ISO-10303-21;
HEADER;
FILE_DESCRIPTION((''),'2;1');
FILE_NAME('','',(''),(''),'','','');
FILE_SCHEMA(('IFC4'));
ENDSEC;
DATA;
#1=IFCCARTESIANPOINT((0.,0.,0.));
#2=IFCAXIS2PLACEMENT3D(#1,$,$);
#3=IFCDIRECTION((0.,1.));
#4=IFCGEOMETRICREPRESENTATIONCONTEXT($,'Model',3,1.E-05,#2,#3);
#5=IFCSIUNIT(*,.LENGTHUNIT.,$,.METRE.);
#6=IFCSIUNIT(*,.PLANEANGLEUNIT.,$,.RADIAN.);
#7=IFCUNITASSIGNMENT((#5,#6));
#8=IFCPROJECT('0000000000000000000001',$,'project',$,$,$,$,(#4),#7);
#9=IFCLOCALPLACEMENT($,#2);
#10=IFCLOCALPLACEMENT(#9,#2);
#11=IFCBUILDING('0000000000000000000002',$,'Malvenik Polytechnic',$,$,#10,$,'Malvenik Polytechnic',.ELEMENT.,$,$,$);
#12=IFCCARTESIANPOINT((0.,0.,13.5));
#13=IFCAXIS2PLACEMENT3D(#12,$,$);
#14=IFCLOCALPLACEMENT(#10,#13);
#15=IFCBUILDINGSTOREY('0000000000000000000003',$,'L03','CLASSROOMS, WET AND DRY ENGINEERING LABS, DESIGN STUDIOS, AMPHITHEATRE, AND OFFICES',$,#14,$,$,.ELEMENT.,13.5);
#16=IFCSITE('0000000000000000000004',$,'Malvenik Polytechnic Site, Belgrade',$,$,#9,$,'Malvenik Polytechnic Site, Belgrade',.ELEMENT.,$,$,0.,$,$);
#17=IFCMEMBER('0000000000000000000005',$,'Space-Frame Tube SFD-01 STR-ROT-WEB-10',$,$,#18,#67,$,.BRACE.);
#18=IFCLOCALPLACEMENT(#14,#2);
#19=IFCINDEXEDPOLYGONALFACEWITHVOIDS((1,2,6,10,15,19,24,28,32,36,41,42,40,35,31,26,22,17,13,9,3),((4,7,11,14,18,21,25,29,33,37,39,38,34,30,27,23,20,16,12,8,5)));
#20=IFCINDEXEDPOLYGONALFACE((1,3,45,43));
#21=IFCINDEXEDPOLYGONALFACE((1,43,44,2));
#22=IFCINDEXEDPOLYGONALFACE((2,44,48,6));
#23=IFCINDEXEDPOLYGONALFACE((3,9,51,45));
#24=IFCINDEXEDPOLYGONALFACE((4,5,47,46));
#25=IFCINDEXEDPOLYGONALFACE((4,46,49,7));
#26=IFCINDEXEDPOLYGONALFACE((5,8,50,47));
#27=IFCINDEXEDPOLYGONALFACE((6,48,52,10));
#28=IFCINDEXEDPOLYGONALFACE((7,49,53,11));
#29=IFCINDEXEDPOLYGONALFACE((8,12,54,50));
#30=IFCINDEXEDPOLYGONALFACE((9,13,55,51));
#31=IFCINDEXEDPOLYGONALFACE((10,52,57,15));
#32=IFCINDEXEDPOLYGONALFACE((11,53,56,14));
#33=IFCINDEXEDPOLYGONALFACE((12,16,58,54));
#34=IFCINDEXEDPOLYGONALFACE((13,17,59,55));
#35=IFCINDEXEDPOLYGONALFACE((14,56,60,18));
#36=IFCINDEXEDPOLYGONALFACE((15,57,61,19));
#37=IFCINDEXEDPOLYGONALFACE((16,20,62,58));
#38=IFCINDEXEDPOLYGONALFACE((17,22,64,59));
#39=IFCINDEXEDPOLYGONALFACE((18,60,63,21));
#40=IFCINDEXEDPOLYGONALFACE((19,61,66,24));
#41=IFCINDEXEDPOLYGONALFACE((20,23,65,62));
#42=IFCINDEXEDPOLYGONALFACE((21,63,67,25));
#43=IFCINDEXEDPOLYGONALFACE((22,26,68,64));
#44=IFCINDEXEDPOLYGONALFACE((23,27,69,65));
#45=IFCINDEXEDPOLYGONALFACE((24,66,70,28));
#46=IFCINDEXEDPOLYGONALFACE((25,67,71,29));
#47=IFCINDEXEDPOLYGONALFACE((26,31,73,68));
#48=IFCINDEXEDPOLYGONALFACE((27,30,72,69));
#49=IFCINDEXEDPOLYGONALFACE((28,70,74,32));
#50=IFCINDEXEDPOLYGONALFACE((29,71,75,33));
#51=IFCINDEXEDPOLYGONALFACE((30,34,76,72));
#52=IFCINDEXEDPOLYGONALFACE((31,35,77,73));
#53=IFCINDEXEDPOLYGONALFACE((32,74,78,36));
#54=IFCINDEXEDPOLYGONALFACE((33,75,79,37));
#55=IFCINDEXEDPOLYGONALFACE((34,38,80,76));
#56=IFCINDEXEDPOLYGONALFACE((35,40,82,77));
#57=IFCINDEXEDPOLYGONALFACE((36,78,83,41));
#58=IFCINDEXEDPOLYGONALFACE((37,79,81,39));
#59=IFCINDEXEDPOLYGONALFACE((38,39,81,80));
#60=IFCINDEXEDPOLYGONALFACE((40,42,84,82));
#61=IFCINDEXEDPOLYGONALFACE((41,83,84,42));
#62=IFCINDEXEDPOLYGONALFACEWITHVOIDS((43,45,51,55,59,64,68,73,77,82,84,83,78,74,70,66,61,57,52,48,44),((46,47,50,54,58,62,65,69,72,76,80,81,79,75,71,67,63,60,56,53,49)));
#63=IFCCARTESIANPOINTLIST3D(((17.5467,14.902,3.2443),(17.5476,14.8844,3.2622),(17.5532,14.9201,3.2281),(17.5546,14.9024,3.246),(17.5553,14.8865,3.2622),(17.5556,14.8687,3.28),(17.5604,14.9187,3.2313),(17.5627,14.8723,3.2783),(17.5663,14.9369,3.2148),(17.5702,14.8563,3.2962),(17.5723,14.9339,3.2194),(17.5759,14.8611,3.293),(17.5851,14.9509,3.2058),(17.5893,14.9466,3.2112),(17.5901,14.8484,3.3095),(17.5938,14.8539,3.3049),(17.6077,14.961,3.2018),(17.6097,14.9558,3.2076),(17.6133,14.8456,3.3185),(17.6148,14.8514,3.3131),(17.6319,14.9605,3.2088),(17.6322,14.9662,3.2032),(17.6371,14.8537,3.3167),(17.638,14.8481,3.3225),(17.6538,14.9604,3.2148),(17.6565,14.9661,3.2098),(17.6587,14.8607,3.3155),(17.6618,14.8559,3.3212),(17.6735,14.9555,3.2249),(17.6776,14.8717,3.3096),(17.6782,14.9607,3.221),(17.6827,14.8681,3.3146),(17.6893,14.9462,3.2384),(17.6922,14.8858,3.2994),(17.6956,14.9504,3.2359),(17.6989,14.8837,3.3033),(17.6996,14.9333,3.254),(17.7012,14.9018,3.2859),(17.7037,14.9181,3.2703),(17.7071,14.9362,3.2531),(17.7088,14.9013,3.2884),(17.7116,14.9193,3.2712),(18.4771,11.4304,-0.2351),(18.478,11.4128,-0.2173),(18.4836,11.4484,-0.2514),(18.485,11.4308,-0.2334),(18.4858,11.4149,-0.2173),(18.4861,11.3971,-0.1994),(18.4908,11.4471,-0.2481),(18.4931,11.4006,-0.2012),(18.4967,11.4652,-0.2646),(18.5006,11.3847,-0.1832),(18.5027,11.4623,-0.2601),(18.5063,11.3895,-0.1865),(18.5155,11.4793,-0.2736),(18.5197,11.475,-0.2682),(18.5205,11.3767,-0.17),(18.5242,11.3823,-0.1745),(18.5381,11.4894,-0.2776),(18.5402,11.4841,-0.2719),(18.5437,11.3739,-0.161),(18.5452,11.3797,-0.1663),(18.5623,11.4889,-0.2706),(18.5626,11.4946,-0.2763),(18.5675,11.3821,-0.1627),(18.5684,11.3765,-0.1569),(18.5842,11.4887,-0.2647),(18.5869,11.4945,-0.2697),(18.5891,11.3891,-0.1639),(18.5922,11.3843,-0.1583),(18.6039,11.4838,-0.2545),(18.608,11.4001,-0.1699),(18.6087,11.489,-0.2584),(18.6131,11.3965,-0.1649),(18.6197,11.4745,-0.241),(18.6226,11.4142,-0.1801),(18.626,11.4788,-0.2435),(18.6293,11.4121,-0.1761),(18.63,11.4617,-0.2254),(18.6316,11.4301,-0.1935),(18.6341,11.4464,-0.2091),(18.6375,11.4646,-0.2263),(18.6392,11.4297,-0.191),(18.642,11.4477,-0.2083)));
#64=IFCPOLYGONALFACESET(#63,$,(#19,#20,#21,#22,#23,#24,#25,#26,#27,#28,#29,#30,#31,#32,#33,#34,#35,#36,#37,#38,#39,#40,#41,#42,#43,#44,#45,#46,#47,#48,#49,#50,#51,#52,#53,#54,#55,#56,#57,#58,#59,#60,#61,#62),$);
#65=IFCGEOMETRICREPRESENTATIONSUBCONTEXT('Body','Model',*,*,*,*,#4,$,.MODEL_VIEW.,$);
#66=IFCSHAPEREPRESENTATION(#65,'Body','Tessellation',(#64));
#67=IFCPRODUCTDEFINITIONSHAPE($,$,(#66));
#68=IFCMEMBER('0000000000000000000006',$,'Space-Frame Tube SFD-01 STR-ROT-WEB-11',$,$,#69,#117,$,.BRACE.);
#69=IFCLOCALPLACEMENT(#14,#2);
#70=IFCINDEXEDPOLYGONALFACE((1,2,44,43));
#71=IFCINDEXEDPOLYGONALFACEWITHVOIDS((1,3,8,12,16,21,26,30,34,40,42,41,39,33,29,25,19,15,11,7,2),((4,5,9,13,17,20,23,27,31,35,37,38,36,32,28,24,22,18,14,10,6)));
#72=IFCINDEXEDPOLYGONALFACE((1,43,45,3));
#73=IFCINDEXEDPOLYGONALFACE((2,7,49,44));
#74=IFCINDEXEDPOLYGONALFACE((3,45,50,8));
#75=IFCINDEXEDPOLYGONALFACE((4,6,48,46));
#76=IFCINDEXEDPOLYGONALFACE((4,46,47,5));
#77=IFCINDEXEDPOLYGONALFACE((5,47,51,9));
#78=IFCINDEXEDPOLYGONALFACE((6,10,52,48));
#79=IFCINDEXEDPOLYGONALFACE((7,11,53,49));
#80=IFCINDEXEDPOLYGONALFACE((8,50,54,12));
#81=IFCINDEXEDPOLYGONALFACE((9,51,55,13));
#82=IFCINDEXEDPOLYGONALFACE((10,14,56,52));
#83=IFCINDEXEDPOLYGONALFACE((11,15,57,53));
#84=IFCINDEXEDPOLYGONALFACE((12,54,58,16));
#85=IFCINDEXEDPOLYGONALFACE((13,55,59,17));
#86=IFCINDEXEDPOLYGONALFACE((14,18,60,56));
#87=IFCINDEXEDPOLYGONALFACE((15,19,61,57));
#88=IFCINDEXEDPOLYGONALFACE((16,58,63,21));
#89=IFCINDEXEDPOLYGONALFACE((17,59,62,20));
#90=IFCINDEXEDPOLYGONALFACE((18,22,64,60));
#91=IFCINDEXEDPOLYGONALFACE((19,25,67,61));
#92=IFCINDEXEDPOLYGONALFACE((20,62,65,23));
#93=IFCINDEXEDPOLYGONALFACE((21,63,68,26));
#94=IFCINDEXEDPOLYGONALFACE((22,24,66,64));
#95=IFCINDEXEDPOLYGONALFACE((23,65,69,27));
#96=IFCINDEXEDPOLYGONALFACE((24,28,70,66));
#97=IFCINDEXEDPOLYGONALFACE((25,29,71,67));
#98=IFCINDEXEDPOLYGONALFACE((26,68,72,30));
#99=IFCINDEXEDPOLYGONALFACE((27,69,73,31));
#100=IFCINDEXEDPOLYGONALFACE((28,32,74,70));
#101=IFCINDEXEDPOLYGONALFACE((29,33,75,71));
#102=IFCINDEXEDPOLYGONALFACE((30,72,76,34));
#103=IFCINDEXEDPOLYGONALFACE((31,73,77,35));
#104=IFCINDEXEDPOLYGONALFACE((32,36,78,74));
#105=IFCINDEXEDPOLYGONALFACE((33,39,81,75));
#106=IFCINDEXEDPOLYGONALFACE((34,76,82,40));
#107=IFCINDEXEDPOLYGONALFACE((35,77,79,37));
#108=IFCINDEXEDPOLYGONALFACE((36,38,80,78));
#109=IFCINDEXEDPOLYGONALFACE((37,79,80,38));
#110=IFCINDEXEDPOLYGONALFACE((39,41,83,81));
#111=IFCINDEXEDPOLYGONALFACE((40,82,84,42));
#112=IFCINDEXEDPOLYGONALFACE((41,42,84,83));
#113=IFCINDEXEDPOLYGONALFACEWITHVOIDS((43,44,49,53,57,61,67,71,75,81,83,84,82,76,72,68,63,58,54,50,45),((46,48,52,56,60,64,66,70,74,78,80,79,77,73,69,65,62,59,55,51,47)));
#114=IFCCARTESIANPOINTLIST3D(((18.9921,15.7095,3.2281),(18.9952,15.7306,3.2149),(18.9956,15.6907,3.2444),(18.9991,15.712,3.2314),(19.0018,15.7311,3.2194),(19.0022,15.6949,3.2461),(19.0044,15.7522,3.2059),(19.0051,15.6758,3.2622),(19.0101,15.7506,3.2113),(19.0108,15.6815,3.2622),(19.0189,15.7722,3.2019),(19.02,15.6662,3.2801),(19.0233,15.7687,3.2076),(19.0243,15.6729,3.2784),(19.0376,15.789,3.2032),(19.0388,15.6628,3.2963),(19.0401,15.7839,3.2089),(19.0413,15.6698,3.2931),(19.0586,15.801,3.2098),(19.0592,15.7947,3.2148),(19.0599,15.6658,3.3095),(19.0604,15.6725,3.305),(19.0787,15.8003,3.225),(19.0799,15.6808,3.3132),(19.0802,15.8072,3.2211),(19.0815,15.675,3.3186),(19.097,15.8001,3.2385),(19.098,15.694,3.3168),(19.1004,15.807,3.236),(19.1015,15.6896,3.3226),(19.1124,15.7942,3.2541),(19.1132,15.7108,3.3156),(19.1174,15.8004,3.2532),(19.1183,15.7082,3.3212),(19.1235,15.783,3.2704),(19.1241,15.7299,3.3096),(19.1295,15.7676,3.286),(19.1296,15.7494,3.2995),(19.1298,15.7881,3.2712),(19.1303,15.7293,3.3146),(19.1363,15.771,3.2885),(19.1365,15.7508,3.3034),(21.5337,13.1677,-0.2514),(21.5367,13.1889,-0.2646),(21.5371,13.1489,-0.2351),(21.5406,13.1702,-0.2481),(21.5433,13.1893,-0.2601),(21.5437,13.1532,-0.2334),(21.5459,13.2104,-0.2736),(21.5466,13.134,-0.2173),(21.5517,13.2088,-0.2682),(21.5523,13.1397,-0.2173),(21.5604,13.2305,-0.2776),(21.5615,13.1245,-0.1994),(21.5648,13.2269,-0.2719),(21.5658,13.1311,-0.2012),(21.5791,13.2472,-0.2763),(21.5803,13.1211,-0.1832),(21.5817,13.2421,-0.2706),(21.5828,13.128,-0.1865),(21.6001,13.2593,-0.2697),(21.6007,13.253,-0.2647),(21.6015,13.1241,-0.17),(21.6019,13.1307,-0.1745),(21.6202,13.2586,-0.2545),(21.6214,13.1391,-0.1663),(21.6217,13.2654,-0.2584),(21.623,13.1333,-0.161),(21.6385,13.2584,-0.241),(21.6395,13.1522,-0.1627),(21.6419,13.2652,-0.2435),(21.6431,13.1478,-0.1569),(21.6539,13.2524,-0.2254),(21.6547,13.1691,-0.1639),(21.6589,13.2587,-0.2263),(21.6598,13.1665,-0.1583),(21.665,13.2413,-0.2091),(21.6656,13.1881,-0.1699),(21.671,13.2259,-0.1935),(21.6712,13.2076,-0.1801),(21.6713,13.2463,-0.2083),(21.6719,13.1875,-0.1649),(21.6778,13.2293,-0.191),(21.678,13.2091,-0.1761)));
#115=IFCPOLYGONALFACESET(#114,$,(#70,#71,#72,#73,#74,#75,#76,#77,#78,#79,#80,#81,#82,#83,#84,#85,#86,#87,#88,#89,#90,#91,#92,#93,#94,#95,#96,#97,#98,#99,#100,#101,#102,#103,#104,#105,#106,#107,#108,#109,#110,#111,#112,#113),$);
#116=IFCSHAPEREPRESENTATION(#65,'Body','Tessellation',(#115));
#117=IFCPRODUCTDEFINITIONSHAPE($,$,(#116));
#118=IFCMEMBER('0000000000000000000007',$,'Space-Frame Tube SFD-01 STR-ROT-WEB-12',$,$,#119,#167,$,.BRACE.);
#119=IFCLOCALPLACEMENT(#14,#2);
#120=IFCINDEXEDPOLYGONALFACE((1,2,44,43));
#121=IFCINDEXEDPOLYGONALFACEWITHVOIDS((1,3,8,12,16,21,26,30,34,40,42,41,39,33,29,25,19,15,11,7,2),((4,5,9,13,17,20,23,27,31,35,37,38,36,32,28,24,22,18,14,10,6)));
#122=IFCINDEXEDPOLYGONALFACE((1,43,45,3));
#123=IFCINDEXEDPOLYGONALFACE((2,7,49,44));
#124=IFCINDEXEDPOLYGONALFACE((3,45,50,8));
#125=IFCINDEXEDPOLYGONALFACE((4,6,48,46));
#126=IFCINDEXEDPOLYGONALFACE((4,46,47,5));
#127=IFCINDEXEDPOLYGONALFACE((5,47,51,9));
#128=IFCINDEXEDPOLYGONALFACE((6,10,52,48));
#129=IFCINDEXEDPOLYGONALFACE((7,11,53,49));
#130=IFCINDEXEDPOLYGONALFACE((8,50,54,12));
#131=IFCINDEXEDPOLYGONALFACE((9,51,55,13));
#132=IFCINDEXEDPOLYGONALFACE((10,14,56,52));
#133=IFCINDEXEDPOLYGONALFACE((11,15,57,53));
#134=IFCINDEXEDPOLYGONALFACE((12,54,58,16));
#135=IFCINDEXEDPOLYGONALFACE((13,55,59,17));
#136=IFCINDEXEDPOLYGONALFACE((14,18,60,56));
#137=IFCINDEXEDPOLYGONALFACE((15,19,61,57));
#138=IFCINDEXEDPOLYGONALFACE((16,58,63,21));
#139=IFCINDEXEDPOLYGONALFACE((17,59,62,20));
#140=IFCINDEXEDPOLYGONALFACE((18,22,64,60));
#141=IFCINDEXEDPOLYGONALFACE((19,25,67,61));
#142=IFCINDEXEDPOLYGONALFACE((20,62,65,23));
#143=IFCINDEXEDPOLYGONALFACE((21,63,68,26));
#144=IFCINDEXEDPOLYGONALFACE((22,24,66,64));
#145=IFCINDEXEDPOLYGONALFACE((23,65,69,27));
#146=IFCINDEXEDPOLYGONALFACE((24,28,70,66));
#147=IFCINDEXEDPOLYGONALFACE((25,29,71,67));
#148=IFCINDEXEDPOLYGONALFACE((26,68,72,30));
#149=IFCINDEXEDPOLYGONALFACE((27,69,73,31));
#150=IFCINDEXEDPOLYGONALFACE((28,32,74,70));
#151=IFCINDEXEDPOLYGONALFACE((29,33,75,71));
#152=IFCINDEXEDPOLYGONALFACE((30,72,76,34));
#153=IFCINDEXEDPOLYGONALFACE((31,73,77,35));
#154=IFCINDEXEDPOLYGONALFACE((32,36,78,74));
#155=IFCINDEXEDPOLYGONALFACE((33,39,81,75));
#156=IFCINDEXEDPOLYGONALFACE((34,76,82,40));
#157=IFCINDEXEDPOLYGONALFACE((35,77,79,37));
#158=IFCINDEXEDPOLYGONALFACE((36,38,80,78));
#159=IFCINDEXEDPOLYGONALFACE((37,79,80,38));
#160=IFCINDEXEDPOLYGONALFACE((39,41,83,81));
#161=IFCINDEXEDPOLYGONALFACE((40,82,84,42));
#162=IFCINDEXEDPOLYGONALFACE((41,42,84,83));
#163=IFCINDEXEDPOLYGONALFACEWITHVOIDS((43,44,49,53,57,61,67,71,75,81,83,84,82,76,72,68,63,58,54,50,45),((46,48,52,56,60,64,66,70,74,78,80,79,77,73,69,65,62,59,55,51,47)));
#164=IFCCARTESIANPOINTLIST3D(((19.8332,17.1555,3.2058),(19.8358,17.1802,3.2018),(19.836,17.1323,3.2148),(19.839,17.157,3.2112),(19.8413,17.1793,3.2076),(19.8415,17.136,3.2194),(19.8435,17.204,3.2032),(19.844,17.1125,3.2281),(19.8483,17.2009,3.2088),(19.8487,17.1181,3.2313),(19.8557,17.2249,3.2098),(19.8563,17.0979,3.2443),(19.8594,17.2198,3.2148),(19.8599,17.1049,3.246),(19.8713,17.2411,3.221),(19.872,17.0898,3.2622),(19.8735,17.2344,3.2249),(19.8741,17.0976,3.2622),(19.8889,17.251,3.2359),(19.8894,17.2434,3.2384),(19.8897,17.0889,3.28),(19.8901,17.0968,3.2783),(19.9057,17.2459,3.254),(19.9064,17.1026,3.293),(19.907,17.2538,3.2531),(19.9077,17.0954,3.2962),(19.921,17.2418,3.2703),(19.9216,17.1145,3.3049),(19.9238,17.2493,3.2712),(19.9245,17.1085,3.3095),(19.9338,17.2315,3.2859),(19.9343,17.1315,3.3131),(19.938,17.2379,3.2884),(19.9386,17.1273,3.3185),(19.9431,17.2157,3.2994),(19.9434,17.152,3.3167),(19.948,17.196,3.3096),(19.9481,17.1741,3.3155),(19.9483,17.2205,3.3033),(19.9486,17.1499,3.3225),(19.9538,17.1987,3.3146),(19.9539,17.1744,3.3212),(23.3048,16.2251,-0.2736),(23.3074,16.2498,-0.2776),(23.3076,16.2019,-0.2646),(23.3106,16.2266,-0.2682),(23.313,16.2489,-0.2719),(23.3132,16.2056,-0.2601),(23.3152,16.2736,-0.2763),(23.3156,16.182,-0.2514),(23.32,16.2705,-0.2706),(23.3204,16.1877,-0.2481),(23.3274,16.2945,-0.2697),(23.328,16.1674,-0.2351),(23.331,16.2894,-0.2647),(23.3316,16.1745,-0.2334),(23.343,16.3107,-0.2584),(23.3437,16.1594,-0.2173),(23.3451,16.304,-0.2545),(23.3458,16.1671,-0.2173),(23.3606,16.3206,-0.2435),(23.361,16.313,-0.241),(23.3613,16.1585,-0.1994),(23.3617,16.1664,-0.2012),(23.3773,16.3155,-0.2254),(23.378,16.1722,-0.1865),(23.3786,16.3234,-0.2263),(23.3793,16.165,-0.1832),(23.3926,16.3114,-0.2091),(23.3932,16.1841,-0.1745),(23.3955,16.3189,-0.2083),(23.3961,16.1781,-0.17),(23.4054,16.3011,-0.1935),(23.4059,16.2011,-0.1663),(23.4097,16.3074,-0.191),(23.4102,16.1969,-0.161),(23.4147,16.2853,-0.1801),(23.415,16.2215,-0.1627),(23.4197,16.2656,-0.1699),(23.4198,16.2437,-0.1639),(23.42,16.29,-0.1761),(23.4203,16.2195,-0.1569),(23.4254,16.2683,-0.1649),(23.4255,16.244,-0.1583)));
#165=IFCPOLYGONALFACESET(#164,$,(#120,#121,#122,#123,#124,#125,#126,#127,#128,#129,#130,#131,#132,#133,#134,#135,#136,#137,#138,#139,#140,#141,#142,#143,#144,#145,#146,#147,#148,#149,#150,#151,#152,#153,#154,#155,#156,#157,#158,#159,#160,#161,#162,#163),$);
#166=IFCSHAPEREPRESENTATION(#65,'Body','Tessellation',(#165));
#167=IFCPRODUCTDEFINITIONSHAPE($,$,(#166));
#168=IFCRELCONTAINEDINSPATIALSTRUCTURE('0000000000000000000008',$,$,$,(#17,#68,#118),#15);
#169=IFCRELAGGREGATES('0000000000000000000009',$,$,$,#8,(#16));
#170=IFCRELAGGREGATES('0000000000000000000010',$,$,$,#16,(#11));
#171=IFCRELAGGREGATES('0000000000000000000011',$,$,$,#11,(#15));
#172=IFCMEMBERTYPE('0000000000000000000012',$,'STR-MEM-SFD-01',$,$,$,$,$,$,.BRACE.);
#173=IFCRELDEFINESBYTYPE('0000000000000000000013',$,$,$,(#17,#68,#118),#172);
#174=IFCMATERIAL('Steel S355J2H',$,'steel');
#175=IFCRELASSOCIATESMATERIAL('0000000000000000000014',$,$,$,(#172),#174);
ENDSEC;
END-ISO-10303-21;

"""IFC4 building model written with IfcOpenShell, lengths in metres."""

from ifc_helpers import new_model, si_unit, direction, frame, origin, origin_2d, place, context, subcontext, project, spatial, hollow_circle, extrude, material, material_profile, profile_set, type_object, element, save


model = new_model("IFC4")

# Units and contexts
model_context = context("Model", 3, precision=1e-05, world=origin(), true_north=direction((0.0, 1.0)))
body_context = subcontext(model_context, "Body", "Model", "MODEL_VIEW")
ifc_project = project(units=[si_unit("LENGTHUNIT", "METRE"), si_unit("PLANEANGLEUNIT", "RADIAN")], contexts=[model_context])

# Site, building, storey
site_placement = place(None, origin())
site = spatial("IfcSite", under=ifc_project, at=site_placement, Name="Malvenik Polytechnic Site, Belgrade", LongName="Malvenik Polytechnic Site, Belgrade", CompositionType="ELEMENT", RefElevation=0.0)
building_placement = place(site_placement, origin())
building = spatial("IfcBuilding", under=site, at=building_placement, Name="Malvenik Polytechnic", LongName="Malvenik Polytechnic", CompositionType="ELEMENT")
storey_placement = place(building_placement, frame((0.0, 0.0, 13.5)))
storey = spatial("IfcBuildingStorey", under=building, at=storey_placement, Name="L03", Description="CLASSROOMS, WET AND DRY ENGINEERING LABS, DESIGN STUDIOS, AMPHITHEATRE, AND OFFICES", CompositionType="ELEMENT", Elevation=13.5)

# Members
ifc_material_1 = material(Name="Steel S355J2H", Category="steel")
ifc_material_profile_1 = material_profile(ifc_material_1, hollow_circle(Radius=0.0842, WallThickness=0.0081, at=origin_2d()), Name="CHS 168.3x8.0")
ifc_profile_set_1 = profile_set([ifc_material_profile_1], Name="Steel S355J2H")
member_type_1 = type_object("IfcMemberType", Name="STR-MEM-SFD-01", PredefinedType="BRACE", material=ifc_profile_set_1)
member_1_placement = place(storey_placement, frame((18.5593, 11.4346, -0.2173), z_axis=(-0.185991, 0.693988, 0.695549), x_axis=(-0.965913, -0.258867, 0.0)))
element("IfcMember", 1, at=member_1_placement, inside=storey, type_object=member_type_1, Name="Space-Frame Tube SFD-01 STR-ROT-WEB-10", PredefinedType="BRACE", context=body_context, shape_type="SweptSolid", body=[
    extrude(hollow_circle(Radius=0.0842, WallThickness=0.0081, at=origin_2d()), origin(), (0.0, 0.0, 1.0), 5.0024),
])
member_2_placement = place(storey_placement, frame((21.6062, 13.1936, -0.2173), z_axis=(-0.508031, 0.508079, 0.695529), x_axis=(-0.707141, -0.707073, 0.0)))
element("IfcMember", 2, at=member_2_placement, inside=storey, type_object=member_type_1, Name="Space-Frame Tube SFD-01 STR-ROT-WEB-11", PredefinedType="BRACE", context=body_context, shape_type="SweptSolid", body=[
    extrude(hollow_circle(Radius=0.0842, WallThickness=0.0081, at=origin_2d()), origin(), (0.0, 0.0, 1.0), 5.0027),
])
member_3_placement = place(storey_placement, frame((23.3655, 16.2407, -0.2173), z_axis=(-0.693988, 0.185991, 0.695549), x_axis=(-0.258867, -0.965913, 0.0)))
element("IfcMember", 3, at=member_3_placement, inside=storey, type_object=member_type_1, Name="Space-Frame Tube SFD-01 STR-ROT-WEB-12", PredefinedType="BRACE", context=body_context, shape_type="SweptSolid", body=[
    extrude(hollow_circle(Radius=0.0842, WallThickness=0.0081, at=origin_2d()), origin(), (0.0, 0.0, 1.0), 5.0024),
])

save(model, "model.ifc")
